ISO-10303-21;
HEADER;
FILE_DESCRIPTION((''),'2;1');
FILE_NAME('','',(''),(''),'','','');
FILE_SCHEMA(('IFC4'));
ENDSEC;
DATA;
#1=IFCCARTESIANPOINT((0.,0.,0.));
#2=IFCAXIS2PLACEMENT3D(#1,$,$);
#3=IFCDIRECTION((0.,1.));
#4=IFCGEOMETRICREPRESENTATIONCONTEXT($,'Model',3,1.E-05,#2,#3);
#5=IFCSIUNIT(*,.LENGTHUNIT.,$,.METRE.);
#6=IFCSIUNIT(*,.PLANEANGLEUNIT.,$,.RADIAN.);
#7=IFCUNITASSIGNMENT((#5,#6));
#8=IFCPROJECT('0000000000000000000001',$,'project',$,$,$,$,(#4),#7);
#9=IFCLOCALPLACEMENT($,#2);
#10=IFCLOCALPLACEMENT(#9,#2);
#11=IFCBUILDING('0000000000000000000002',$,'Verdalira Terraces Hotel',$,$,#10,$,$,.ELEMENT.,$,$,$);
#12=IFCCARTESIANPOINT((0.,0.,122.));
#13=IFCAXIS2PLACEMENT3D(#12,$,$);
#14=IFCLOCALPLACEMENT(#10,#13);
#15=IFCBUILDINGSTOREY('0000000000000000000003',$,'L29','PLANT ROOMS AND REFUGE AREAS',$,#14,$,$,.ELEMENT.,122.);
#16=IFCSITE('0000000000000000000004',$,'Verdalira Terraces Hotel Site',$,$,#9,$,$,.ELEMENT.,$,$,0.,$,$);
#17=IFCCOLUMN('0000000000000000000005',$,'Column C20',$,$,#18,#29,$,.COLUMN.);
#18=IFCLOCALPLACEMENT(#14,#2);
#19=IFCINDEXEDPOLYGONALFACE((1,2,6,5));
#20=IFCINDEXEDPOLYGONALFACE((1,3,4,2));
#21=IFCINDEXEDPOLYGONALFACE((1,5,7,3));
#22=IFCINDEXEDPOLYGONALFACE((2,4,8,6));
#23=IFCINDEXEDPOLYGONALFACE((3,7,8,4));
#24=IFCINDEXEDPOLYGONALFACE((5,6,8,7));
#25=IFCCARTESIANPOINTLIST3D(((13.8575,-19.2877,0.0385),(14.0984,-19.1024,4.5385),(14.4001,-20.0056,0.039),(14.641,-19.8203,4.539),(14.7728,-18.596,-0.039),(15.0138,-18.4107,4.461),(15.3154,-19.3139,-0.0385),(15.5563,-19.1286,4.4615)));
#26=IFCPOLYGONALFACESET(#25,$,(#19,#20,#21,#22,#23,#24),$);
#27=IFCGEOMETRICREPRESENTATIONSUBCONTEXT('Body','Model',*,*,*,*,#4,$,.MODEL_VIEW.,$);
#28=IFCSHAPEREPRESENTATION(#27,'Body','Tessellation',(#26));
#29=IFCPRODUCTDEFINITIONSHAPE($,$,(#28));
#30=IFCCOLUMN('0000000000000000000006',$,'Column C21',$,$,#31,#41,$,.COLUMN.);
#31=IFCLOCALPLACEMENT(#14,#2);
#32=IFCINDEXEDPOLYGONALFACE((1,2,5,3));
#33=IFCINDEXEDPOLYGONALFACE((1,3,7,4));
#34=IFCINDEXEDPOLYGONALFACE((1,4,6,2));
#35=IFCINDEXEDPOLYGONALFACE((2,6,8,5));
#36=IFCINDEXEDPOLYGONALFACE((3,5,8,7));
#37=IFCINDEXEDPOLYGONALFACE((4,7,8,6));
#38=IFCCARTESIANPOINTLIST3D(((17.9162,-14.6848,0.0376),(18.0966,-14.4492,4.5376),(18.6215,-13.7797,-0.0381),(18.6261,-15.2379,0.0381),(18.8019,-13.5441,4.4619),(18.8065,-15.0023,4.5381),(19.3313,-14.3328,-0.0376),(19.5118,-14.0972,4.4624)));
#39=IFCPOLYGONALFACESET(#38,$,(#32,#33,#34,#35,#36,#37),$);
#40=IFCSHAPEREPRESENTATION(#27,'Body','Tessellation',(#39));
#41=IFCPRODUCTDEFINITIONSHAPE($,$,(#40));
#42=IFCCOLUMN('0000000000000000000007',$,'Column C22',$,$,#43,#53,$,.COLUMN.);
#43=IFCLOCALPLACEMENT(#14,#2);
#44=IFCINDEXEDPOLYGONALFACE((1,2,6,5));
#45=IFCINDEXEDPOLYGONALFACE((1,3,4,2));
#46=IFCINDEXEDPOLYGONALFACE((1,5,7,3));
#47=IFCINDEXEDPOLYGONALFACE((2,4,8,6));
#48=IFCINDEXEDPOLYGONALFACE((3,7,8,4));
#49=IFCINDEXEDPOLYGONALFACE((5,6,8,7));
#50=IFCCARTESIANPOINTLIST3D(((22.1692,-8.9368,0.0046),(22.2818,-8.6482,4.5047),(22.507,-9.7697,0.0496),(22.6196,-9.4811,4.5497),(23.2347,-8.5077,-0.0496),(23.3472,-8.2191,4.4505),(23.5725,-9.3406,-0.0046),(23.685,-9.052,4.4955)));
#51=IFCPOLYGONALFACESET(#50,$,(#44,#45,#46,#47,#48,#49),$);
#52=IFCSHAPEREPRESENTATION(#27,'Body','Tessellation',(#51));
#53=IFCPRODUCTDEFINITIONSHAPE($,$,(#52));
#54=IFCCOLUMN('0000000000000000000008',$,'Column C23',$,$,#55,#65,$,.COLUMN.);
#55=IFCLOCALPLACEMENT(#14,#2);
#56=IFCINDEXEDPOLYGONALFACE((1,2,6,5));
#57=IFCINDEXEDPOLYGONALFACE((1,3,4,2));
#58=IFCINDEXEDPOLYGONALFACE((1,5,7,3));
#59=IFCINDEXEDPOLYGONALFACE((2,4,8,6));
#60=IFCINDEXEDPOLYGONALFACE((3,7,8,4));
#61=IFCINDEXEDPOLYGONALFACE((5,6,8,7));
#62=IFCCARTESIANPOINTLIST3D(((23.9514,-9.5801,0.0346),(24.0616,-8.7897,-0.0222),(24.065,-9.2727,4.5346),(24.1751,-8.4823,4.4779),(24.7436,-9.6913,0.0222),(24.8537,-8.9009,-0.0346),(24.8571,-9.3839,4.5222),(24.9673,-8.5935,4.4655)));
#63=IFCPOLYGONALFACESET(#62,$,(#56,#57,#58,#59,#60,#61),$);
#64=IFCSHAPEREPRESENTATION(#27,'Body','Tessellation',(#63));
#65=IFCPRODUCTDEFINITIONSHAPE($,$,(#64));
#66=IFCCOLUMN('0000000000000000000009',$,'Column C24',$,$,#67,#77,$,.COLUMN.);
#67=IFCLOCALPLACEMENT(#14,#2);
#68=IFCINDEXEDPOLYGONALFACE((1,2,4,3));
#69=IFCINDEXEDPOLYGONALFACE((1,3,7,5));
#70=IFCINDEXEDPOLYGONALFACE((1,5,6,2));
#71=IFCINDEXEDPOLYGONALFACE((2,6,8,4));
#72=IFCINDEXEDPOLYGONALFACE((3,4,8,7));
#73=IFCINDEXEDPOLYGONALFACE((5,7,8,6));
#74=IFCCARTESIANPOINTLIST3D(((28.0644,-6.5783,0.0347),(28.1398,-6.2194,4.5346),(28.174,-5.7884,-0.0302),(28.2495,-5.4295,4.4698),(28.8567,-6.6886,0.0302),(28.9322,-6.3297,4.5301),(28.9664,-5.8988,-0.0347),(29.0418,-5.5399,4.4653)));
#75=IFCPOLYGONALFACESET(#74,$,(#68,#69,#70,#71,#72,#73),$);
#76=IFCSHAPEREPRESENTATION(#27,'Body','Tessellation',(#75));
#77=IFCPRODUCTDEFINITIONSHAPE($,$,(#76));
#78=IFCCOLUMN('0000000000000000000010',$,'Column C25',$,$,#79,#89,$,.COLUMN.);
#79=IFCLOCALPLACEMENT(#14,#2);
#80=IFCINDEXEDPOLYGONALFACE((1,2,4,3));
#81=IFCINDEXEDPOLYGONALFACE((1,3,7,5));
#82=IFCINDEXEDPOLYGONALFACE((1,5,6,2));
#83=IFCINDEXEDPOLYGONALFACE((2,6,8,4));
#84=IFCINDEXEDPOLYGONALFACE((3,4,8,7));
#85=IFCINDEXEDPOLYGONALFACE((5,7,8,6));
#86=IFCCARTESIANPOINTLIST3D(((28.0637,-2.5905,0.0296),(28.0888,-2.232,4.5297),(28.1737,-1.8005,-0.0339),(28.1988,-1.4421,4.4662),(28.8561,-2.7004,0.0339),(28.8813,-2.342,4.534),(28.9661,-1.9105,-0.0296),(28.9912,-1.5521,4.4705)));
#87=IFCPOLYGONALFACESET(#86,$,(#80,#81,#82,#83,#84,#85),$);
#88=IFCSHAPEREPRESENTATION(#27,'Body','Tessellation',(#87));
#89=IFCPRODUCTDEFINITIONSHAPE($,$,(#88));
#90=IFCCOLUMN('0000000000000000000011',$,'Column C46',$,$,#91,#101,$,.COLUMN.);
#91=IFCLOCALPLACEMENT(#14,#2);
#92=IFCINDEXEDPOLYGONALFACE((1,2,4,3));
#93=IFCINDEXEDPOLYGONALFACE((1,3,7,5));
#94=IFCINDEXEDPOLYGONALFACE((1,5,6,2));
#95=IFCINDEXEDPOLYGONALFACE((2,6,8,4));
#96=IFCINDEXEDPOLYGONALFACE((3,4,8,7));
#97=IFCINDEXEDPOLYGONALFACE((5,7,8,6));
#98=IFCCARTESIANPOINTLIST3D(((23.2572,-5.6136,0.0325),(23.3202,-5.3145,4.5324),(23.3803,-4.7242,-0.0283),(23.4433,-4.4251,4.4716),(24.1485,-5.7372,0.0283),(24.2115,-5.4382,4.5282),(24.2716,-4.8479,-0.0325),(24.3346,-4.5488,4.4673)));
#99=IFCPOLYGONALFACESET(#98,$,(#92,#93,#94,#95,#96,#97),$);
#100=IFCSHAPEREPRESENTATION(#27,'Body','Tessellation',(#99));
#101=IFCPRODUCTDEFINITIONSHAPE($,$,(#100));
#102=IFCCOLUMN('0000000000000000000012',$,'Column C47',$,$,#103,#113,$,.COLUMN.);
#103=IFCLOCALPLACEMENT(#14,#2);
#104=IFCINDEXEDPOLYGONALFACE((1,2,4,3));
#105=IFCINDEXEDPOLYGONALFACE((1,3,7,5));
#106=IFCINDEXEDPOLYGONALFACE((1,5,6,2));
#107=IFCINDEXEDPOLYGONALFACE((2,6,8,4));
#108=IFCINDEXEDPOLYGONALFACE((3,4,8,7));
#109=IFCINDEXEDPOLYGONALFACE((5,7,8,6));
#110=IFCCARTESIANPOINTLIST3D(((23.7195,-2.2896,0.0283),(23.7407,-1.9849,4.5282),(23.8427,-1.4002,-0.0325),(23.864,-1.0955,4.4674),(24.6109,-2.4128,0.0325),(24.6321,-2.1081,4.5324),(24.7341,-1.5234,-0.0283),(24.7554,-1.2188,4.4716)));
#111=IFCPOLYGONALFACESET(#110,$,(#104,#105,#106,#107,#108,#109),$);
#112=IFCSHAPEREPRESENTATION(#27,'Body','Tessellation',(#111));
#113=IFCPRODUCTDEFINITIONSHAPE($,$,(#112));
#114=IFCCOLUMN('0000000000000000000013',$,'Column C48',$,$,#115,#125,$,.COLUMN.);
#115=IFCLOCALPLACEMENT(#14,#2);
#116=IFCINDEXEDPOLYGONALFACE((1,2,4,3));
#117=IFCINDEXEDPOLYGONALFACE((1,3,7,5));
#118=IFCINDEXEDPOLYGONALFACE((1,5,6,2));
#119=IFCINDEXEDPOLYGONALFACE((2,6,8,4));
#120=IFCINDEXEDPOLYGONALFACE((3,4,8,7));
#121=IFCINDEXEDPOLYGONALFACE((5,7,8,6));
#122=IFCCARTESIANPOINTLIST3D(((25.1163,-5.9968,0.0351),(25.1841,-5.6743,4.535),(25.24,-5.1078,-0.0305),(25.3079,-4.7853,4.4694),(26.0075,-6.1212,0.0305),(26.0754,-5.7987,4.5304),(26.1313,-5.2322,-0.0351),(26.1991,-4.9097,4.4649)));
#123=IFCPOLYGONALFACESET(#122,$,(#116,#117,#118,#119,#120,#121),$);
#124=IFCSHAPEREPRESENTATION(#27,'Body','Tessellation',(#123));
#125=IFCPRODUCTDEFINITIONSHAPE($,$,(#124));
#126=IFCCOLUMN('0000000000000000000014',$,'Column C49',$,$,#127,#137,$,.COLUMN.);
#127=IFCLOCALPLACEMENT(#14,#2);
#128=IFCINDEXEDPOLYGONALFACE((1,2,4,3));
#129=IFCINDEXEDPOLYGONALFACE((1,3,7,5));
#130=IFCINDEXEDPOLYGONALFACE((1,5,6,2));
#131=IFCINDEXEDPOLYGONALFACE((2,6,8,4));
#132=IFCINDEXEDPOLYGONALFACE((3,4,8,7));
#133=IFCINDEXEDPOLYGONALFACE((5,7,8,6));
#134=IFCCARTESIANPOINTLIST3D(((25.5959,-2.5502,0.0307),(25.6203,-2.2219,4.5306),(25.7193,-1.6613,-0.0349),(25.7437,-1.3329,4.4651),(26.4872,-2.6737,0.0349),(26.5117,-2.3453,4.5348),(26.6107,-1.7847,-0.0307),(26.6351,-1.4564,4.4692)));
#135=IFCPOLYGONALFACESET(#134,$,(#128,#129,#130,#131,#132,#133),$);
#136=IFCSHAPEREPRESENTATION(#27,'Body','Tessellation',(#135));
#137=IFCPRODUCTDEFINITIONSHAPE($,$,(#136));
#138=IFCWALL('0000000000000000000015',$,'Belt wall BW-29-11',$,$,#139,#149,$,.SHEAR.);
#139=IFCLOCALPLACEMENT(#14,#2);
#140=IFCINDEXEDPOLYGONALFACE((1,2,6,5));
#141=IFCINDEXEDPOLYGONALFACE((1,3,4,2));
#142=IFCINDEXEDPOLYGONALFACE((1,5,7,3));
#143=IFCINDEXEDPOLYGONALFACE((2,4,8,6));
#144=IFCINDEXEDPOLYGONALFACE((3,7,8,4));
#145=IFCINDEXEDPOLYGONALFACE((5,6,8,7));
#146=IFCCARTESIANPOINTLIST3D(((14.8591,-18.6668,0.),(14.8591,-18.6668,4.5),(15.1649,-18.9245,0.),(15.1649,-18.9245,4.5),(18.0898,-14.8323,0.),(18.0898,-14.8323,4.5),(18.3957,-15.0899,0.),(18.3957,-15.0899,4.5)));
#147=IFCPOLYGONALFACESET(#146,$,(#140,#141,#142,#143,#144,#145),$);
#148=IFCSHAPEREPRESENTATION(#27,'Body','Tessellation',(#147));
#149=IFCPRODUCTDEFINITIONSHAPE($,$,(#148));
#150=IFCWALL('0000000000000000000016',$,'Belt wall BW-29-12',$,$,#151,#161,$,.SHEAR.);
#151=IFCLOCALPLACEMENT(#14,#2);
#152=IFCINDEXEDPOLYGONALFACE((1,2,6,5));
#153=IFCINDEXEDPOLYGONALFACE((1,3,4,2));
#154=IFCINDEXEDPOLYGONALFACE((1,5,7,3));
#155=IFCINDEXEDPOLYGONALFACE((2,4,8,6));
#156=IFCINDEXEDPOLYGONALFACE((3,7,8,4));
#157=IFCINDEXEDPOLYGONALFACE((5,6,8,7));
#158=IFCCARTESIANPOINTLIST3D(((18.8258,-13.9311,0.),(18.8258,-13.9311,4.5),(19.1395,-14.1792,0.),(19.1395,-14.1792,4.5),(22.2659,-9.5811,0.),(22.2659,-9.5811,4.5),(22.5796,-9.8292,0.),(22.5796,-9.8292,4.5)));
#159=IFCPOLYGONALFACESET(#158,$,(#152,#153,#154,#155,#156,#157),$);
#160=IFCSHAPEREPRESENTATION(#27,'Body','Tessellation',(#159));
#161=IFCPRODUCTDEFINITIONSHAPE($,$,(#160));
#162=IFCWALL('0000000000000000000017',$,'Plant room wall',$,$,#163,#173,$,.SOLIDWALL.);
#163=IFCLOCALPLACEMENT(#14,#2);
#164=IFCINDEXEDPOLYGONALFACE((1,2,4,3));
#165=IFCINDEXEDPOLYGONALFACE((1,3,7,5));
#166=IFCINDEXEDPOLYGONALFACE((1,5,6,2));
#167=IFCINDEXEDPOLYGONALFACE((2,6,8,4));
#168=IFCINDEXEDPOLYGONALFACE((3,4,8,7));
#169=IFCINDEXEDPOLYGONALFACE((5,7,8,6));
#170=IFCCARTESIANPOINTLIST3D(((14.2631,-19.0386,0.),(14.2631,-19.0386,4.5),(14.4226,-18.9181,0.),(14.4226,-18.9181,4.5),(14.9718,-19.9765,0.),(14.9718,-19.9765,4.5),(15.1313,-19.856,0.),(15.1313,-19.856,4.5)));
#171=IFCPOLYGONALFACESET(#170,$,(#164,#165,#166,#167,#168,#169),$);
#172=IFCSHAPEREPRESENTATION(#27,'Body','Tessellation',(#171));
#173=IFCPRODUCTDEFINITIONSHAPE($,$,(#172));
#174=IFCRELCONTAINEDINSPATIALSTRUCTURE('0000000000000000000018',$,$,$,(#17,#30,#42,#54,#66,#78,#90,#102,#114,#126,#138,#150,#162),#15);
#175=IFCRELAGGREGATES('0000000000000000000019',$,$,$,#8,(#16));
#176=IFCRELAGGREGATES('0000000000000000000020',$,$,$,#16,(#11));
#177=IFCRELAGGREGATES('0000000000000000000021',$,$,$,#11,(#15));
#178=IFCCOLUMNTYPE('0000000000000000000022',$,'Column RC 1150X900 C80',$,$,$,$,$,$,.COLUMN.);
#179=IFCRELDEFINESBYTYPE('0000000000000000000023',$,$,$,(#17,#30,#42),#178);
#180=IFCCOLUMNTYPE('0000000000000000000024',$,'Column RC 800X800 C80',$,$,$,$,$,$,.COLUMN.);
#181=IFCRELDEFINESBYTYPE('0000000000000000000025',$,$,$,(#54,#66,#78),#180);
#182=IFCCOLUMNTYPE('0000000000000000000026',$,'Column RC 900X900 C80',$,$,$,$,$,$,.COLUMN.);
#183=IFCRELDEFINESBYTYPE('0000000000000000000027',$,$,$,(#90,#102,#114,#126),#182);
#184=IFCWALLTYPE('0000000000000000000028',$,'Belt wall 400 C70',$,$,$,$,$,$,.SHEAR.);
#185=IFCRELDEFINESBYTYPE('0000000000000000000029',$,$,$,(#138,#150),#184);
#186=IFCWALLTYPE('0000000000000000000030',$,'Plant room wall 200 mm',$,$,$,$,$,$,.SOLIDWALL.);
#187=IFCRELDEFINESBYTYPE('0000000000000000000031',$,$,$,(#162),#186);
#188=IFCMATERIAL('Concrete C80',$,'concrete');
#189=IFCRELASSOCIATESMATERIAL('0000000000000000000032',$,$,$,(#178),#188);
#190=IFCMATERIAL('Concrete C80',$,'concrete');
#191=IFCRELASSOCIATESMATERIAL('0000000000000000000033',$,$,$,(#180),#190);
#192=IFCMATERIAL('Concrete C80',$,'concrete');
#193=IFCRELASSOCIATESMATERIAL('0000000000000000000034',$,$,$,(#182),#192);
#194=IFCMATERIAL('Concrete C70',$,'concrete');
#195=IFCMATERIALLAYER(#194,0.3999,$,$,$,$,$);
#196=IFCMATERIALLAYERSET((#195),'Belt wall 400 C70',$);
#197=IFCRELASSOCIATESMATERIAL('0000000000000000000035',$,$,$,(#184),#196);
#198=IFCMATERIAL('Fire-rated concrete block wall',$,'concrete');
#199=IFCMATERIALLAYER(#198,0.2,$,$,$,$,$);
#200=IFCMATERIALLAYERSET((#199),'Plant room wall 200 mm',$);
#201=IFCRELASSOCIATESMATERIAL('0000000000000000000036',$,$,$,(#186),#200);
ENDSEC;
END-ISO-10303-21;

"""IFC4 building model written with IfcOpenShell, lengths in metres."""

from ifc_helpers import new_model, si_unit, direction, frame, frame_2d, origin, origin_2d, place, context, subcontext, project, spatial, rectangle, extrude, material, layer, layer_set, material_profile, profile_set, type_object, element, save


model = new_model("IFC4")

# Units and contexts
model_context = context("Model", 3, precision=1e-05, world=origin(), true_north=direction((0.0, 1.0)))
body_context = subcontext(model_context, "Body", "Model", "MODEL_VIEW")
ifc_project = project(units=[si_unit("LENGTHUNIT", "METRE"), si_unit("PLANEANGLEUNIT", "RADIAN")], contexts=[model_context])

# Site, building, storey
site_placement = place(None, origin())
site = spatial("IfcSite", under=ifc_project, at=site_placement, Name="Verdalira Terraces Hotel Site", CompositionType="ELEMENT", RefElevation=0.0)
building_placement = place(site_placement, origin())
building = spatial("IfcBuilding", under=site, at=building_placement, Name="Verdalira Terraces Hotel", CompositionType="ELEMENT")
storey_placement = place(building_placement, frame((0.0, 0.0, 122.0)))
storey = spatial("IfcBuildingStorey", under=building, at=storey_placement, Name="L29", Description="PLANT ROOMS AND REFUGE AREAS", CompositionType="ELEMENT", Elevation=122.0)

# Columns
ifc_material_1 = material(Name="Concrete C80", Category="concrete")
ifc_material_profile_1 = material_profile(ifc_material_1, rectangle(XDim=1.1499, YDim=0.8999, at=origin_2d()), Name="RC 1150X900")
ifc_profile_set_1 = profile_set([ifc_material_profile_1], Name="Concrete C80")
column_type_1 = type_object("IfcColumnType", Name="Column RC 1150X900 C80", PredefinedType="COLUMN", material=ifc_profile_set_1)
column_1_placement = place(storey_placement, frame((14.5864, -19.3008, 0.0), z_axis=(0.053426, 0.041085, 0.997726), x_axis=(-0.796002, -0.601531, 0.067395)))
element("IfcColumn", 1, at=column_1_placement, inside=storey, type_object=column_type_1, Name="Column C20", PredefinedType="COLUMN", context=body_context, shape_type="SweptSolid", body=[
    extrude(rectangle(XDim=1.1499, YDim=0.8999, at=origin_2d()), origin(), (0.0, 0.0, 1.0), 4.5103),
])
column_2_placement = place(storey_placement, frame((18.6238, -14.5088, 0.0), z_axis=(0.040006, 0.052241, 0.997833), x_axis=(0.613326, 0.787085, -0.065798)))
element("IfcColumn", 2, at=column_2_placement, inside=storey, type_object=column_type_1, Name="Column C21", PredefinedType="COLUMN", context=body_context, shape_type="SweptSolid", body=[
    extrude(rectangle(XDim=1.1499, YDim=0.8999, at=origin_2d()), origin(), (0.0, 0.0, 1.0), 4.5098),
])
column_3_placement = place(storey_placement, frame((22.8709, -9.1387, 0.0), z_axis=(0.024952, 0.063976, 0.997639), x_axis=(-0.926555, -0.373198, 0.047106)))
element("IfcColumn", 3, at=column_3_placement, inside=storey, type_object=column_type_1, Name="Column C22", PredefinedType="COLUMN", context=body_context, shape_type="SweptSolid", body=[
    extrude(rectangle(XDim=1.1499, YDim=0.8999, at=origin_2d()), origin(), (0.0, 0.0, 1.0), 4.5107),
])
ifc_material_2 = material(Name="Concrete C80", Category="concrete")
ifc_material_profile_2 = material_profile(ifc_material_2, rectangle(XDim=0.8, YDim=0.8, at=origin_2d()), Name="RC 800X800")
ifc_profile_set_2 = profile_set([ifc_material_profile_2], Name="Concrete C80")
column_type_2 = type_object("IfcColumnType", Name="Column RC 800X800 C80", PredefinedType="COLUMN", material=ifc_profile_set_2)
column_4_placement = place(storey_placement, frame((24.4026, -9.2405, 0.0), z_axis=(0.025161, 0.068125, 0.997359), x_axis=(0.990164, -0.139054, -0.015482)))
element("IfcColumn", 4, at=column_4_placement, inside=storey, type_object=column_type_2, Name="Column C23", PredefinedType="COLUMN", context=body_context, shape_type="SweptSolid", body=[
    extrude(rectangle(XDim=0.8, YDim=0.8, at=origin_2d()), origin(), (0.0, 0.0, 1.0), 4.512),
])
column_5_placement = place(storey_placement, frame((28.5154, -6.2385, 0.0), z_axis=(0.016709, 0.079489, 0.996696), x_axis=(0.137062, 0.987243, -0.081033)))
element("IfcColumn", 5, at=column_5_placement, inside=storey, type_object=column_type_2, Name="Column C24", PredefinedType="COLUMN", context=body_context, shape_type="SweptSolid", body=[
    extrude(rectangle(XDim=0.8, YDim=0.8, at=origin_2d()), origin(), (0.0, 0.0, 1.0), 4.5149),
])
column_6_placement = place(storey_placement, frame((28.5149, -2.2505, 0.0), z_axis=(0.00557, 0.079391, 0.996828), x_axis=(0.137449, 0.987321, -0.079402)))
element("IfcColumn", 6, at=column_6_placement, inside=storey, type_object=column_type_2, Name="Column C25", PredefinedType="COLUMN", context=body_context, shape_type="SweptSolid", body=[
    extrude(rectangle(XDim=0.8, YDim=0.8, at=origin_2d()), origin(), (0.0, 0.0, 1.0), 4.5144),
])
ifc_material_3 = material(Name="Concrete C80", Category="concrete")
ifc_material_profile_3 = material_profile(ifc_material_3, rectangle(XDim=0.8999, YDim=0.8999, at=origin_2d()), Name="RC 900X900")
ifc_profile_set_3 = profile_set([ifc_material_profile_3], Name="Concrete C80")
column_type_3 = type_object("IfcColumnType", Name="Column RC 900X900 C80", PredefinedType="COLUMN", material=ifc_profile_set_3)
for number, where, z_axis, x_axis, name in (
    (7, (23.7644, -5.2307, 0.0), (0.013965, 0.066308, 0.997701), (0.990503, -0.137411, -0.004732), "Column C46"),
    (8, (24.2268, -1.9065, 0.0), (0.004709, 0.067553, 0.997705), (0.990569, -0.136935, 0.004596), "Column C47"),
):
    element("IfcColumn", number, at=place(storey_placement, frame(where, z_axis=z_axis, x_axis=x_axis)), inside=storey, type_object=column_type_3, Name=name, PredefinedType="COLUMN", context=body_context, shape_type="SweptSolid", body=[
        extrude(rectangle(XDim=0.8999, YDim=0.8999, at=origin_2d()), origin(), (0.0, 0.0, 1.0), 4.5103),
    ])
for number, where, z_axis, x_axis, name in (
    (9, (25.6238, -5.6145, 0.0), (0.015042, 0.071477, 0.997329), (0.990385, -0.138245, -0.00503), "Column C48"),
    (10, (26.1033, -2.1675, 0.0), (0.005411, 0.072776, 0.997334), (0.990532, -0.137203, 0.004638), "Column C49"),
):
    element("IfcColumn", number, at=place(storey_placement, frame(where, z_axis=z_axis, x_axis=x_axis)), inside=storey, type_object=column_type_3, Name=name, PredefinedType="COLUMN", context=body_context, shape_type="SweptSolid", body=[
        extrude(rectangle(XDim=0.8999, YDim=0.8999, at=origin_2d()), origin(), (0.0, 0.0, 1.0), 4.512),
    ])

# Walls
ifc_material_4 = material(Name="Concrete C70", Category="concrete")
ifc_layer_1 = layer(ifc_material_4, 0.3999)
ifc_layer_set_1 = layer_set([ifc_layer_1], Name="Belt wall 400 C70")
wall_type_1 = type_object("IfcWallType", Name="Belt wall 400 C70", PredefinedType="SHEAR", material=ifc_layer_set_1)
wall_1_placement = place(storey_placement, frame((15.012, -18.7957, 0.0), z_axis=(0.0, 0.0, 1.0), x_axis=(0.644332, 0.764746, 0.0)))
element("IfcWall", 11, at=wall_1_placement, inside=storey, type_object=wall_type_1, Name="Belt wall BW-29-11", PredefinedType="SHEAR", context=body_context, shape_type="SweptSolid", body=[
    extrude(rectangle(XDim=5.0142, YDim=0.3999, at=frame_2d((2.5071, 0.0))), origin(), (0.0, 0.0, 1.0), 4.5),
])
wall_2_placement = place(storey_placement, frame((18.9827, -14.0552, 0.0), z_axis=(0.0, 0.0, 1.0), x_axis=(0.620299, 0.784365, 0.0)))
element("IfcWall", 12, at=wall_2_placement, inside=storey, type_object=wall_type_1, Name="Belt wall BW-29-12", PredefinedType="SHEAR", context=body_context, shape_type="SweptSolid", body=[
    extrude(rectangle(XDim=5.5459, YDim=0.3999, at=frame_2d((2.7729, 0.0))), origin(), (0.0, 0.0, 1.0), 4.5),
])
ifc_material_5 = material(Name="Fire-rated concrete block wall", Category="concrete")
ifc_layer_2 = layer(ifc_material_5, 0.2)
ifc_layer_set_2 = layer_set([ifc_layer_2], Name="Plant room wall 200 mm")
wall_type_2 = type_object("IfcWallType", Name="Plant room wall 200 mm", PredefinedType="SOLIDWALL", material=ifc_layer_set_2)
wall_3_placement = place(storey_placement, frame((14.3428, -18.9783, 0.0), z_axis=(0.0, 0.0, 1.0), x_axis=(0.602854, -0.797852, 0.0)))
element("IfcWall", 13, at=wall_3_placement, inside=storey, type_object=wall_type_2, Name="Plant room wall", PredefinedType="SOLIDWALL", context=body_context, shape_type="SweptSolid", body=[
    extrude(rectangle(XDim=1.1755, YDim=0.2, at=frame_2d((0.5879, 0.0))), origin(), (0.0, 0.0, 1.0), 4.5),
])

save(model, "model.ifc")
